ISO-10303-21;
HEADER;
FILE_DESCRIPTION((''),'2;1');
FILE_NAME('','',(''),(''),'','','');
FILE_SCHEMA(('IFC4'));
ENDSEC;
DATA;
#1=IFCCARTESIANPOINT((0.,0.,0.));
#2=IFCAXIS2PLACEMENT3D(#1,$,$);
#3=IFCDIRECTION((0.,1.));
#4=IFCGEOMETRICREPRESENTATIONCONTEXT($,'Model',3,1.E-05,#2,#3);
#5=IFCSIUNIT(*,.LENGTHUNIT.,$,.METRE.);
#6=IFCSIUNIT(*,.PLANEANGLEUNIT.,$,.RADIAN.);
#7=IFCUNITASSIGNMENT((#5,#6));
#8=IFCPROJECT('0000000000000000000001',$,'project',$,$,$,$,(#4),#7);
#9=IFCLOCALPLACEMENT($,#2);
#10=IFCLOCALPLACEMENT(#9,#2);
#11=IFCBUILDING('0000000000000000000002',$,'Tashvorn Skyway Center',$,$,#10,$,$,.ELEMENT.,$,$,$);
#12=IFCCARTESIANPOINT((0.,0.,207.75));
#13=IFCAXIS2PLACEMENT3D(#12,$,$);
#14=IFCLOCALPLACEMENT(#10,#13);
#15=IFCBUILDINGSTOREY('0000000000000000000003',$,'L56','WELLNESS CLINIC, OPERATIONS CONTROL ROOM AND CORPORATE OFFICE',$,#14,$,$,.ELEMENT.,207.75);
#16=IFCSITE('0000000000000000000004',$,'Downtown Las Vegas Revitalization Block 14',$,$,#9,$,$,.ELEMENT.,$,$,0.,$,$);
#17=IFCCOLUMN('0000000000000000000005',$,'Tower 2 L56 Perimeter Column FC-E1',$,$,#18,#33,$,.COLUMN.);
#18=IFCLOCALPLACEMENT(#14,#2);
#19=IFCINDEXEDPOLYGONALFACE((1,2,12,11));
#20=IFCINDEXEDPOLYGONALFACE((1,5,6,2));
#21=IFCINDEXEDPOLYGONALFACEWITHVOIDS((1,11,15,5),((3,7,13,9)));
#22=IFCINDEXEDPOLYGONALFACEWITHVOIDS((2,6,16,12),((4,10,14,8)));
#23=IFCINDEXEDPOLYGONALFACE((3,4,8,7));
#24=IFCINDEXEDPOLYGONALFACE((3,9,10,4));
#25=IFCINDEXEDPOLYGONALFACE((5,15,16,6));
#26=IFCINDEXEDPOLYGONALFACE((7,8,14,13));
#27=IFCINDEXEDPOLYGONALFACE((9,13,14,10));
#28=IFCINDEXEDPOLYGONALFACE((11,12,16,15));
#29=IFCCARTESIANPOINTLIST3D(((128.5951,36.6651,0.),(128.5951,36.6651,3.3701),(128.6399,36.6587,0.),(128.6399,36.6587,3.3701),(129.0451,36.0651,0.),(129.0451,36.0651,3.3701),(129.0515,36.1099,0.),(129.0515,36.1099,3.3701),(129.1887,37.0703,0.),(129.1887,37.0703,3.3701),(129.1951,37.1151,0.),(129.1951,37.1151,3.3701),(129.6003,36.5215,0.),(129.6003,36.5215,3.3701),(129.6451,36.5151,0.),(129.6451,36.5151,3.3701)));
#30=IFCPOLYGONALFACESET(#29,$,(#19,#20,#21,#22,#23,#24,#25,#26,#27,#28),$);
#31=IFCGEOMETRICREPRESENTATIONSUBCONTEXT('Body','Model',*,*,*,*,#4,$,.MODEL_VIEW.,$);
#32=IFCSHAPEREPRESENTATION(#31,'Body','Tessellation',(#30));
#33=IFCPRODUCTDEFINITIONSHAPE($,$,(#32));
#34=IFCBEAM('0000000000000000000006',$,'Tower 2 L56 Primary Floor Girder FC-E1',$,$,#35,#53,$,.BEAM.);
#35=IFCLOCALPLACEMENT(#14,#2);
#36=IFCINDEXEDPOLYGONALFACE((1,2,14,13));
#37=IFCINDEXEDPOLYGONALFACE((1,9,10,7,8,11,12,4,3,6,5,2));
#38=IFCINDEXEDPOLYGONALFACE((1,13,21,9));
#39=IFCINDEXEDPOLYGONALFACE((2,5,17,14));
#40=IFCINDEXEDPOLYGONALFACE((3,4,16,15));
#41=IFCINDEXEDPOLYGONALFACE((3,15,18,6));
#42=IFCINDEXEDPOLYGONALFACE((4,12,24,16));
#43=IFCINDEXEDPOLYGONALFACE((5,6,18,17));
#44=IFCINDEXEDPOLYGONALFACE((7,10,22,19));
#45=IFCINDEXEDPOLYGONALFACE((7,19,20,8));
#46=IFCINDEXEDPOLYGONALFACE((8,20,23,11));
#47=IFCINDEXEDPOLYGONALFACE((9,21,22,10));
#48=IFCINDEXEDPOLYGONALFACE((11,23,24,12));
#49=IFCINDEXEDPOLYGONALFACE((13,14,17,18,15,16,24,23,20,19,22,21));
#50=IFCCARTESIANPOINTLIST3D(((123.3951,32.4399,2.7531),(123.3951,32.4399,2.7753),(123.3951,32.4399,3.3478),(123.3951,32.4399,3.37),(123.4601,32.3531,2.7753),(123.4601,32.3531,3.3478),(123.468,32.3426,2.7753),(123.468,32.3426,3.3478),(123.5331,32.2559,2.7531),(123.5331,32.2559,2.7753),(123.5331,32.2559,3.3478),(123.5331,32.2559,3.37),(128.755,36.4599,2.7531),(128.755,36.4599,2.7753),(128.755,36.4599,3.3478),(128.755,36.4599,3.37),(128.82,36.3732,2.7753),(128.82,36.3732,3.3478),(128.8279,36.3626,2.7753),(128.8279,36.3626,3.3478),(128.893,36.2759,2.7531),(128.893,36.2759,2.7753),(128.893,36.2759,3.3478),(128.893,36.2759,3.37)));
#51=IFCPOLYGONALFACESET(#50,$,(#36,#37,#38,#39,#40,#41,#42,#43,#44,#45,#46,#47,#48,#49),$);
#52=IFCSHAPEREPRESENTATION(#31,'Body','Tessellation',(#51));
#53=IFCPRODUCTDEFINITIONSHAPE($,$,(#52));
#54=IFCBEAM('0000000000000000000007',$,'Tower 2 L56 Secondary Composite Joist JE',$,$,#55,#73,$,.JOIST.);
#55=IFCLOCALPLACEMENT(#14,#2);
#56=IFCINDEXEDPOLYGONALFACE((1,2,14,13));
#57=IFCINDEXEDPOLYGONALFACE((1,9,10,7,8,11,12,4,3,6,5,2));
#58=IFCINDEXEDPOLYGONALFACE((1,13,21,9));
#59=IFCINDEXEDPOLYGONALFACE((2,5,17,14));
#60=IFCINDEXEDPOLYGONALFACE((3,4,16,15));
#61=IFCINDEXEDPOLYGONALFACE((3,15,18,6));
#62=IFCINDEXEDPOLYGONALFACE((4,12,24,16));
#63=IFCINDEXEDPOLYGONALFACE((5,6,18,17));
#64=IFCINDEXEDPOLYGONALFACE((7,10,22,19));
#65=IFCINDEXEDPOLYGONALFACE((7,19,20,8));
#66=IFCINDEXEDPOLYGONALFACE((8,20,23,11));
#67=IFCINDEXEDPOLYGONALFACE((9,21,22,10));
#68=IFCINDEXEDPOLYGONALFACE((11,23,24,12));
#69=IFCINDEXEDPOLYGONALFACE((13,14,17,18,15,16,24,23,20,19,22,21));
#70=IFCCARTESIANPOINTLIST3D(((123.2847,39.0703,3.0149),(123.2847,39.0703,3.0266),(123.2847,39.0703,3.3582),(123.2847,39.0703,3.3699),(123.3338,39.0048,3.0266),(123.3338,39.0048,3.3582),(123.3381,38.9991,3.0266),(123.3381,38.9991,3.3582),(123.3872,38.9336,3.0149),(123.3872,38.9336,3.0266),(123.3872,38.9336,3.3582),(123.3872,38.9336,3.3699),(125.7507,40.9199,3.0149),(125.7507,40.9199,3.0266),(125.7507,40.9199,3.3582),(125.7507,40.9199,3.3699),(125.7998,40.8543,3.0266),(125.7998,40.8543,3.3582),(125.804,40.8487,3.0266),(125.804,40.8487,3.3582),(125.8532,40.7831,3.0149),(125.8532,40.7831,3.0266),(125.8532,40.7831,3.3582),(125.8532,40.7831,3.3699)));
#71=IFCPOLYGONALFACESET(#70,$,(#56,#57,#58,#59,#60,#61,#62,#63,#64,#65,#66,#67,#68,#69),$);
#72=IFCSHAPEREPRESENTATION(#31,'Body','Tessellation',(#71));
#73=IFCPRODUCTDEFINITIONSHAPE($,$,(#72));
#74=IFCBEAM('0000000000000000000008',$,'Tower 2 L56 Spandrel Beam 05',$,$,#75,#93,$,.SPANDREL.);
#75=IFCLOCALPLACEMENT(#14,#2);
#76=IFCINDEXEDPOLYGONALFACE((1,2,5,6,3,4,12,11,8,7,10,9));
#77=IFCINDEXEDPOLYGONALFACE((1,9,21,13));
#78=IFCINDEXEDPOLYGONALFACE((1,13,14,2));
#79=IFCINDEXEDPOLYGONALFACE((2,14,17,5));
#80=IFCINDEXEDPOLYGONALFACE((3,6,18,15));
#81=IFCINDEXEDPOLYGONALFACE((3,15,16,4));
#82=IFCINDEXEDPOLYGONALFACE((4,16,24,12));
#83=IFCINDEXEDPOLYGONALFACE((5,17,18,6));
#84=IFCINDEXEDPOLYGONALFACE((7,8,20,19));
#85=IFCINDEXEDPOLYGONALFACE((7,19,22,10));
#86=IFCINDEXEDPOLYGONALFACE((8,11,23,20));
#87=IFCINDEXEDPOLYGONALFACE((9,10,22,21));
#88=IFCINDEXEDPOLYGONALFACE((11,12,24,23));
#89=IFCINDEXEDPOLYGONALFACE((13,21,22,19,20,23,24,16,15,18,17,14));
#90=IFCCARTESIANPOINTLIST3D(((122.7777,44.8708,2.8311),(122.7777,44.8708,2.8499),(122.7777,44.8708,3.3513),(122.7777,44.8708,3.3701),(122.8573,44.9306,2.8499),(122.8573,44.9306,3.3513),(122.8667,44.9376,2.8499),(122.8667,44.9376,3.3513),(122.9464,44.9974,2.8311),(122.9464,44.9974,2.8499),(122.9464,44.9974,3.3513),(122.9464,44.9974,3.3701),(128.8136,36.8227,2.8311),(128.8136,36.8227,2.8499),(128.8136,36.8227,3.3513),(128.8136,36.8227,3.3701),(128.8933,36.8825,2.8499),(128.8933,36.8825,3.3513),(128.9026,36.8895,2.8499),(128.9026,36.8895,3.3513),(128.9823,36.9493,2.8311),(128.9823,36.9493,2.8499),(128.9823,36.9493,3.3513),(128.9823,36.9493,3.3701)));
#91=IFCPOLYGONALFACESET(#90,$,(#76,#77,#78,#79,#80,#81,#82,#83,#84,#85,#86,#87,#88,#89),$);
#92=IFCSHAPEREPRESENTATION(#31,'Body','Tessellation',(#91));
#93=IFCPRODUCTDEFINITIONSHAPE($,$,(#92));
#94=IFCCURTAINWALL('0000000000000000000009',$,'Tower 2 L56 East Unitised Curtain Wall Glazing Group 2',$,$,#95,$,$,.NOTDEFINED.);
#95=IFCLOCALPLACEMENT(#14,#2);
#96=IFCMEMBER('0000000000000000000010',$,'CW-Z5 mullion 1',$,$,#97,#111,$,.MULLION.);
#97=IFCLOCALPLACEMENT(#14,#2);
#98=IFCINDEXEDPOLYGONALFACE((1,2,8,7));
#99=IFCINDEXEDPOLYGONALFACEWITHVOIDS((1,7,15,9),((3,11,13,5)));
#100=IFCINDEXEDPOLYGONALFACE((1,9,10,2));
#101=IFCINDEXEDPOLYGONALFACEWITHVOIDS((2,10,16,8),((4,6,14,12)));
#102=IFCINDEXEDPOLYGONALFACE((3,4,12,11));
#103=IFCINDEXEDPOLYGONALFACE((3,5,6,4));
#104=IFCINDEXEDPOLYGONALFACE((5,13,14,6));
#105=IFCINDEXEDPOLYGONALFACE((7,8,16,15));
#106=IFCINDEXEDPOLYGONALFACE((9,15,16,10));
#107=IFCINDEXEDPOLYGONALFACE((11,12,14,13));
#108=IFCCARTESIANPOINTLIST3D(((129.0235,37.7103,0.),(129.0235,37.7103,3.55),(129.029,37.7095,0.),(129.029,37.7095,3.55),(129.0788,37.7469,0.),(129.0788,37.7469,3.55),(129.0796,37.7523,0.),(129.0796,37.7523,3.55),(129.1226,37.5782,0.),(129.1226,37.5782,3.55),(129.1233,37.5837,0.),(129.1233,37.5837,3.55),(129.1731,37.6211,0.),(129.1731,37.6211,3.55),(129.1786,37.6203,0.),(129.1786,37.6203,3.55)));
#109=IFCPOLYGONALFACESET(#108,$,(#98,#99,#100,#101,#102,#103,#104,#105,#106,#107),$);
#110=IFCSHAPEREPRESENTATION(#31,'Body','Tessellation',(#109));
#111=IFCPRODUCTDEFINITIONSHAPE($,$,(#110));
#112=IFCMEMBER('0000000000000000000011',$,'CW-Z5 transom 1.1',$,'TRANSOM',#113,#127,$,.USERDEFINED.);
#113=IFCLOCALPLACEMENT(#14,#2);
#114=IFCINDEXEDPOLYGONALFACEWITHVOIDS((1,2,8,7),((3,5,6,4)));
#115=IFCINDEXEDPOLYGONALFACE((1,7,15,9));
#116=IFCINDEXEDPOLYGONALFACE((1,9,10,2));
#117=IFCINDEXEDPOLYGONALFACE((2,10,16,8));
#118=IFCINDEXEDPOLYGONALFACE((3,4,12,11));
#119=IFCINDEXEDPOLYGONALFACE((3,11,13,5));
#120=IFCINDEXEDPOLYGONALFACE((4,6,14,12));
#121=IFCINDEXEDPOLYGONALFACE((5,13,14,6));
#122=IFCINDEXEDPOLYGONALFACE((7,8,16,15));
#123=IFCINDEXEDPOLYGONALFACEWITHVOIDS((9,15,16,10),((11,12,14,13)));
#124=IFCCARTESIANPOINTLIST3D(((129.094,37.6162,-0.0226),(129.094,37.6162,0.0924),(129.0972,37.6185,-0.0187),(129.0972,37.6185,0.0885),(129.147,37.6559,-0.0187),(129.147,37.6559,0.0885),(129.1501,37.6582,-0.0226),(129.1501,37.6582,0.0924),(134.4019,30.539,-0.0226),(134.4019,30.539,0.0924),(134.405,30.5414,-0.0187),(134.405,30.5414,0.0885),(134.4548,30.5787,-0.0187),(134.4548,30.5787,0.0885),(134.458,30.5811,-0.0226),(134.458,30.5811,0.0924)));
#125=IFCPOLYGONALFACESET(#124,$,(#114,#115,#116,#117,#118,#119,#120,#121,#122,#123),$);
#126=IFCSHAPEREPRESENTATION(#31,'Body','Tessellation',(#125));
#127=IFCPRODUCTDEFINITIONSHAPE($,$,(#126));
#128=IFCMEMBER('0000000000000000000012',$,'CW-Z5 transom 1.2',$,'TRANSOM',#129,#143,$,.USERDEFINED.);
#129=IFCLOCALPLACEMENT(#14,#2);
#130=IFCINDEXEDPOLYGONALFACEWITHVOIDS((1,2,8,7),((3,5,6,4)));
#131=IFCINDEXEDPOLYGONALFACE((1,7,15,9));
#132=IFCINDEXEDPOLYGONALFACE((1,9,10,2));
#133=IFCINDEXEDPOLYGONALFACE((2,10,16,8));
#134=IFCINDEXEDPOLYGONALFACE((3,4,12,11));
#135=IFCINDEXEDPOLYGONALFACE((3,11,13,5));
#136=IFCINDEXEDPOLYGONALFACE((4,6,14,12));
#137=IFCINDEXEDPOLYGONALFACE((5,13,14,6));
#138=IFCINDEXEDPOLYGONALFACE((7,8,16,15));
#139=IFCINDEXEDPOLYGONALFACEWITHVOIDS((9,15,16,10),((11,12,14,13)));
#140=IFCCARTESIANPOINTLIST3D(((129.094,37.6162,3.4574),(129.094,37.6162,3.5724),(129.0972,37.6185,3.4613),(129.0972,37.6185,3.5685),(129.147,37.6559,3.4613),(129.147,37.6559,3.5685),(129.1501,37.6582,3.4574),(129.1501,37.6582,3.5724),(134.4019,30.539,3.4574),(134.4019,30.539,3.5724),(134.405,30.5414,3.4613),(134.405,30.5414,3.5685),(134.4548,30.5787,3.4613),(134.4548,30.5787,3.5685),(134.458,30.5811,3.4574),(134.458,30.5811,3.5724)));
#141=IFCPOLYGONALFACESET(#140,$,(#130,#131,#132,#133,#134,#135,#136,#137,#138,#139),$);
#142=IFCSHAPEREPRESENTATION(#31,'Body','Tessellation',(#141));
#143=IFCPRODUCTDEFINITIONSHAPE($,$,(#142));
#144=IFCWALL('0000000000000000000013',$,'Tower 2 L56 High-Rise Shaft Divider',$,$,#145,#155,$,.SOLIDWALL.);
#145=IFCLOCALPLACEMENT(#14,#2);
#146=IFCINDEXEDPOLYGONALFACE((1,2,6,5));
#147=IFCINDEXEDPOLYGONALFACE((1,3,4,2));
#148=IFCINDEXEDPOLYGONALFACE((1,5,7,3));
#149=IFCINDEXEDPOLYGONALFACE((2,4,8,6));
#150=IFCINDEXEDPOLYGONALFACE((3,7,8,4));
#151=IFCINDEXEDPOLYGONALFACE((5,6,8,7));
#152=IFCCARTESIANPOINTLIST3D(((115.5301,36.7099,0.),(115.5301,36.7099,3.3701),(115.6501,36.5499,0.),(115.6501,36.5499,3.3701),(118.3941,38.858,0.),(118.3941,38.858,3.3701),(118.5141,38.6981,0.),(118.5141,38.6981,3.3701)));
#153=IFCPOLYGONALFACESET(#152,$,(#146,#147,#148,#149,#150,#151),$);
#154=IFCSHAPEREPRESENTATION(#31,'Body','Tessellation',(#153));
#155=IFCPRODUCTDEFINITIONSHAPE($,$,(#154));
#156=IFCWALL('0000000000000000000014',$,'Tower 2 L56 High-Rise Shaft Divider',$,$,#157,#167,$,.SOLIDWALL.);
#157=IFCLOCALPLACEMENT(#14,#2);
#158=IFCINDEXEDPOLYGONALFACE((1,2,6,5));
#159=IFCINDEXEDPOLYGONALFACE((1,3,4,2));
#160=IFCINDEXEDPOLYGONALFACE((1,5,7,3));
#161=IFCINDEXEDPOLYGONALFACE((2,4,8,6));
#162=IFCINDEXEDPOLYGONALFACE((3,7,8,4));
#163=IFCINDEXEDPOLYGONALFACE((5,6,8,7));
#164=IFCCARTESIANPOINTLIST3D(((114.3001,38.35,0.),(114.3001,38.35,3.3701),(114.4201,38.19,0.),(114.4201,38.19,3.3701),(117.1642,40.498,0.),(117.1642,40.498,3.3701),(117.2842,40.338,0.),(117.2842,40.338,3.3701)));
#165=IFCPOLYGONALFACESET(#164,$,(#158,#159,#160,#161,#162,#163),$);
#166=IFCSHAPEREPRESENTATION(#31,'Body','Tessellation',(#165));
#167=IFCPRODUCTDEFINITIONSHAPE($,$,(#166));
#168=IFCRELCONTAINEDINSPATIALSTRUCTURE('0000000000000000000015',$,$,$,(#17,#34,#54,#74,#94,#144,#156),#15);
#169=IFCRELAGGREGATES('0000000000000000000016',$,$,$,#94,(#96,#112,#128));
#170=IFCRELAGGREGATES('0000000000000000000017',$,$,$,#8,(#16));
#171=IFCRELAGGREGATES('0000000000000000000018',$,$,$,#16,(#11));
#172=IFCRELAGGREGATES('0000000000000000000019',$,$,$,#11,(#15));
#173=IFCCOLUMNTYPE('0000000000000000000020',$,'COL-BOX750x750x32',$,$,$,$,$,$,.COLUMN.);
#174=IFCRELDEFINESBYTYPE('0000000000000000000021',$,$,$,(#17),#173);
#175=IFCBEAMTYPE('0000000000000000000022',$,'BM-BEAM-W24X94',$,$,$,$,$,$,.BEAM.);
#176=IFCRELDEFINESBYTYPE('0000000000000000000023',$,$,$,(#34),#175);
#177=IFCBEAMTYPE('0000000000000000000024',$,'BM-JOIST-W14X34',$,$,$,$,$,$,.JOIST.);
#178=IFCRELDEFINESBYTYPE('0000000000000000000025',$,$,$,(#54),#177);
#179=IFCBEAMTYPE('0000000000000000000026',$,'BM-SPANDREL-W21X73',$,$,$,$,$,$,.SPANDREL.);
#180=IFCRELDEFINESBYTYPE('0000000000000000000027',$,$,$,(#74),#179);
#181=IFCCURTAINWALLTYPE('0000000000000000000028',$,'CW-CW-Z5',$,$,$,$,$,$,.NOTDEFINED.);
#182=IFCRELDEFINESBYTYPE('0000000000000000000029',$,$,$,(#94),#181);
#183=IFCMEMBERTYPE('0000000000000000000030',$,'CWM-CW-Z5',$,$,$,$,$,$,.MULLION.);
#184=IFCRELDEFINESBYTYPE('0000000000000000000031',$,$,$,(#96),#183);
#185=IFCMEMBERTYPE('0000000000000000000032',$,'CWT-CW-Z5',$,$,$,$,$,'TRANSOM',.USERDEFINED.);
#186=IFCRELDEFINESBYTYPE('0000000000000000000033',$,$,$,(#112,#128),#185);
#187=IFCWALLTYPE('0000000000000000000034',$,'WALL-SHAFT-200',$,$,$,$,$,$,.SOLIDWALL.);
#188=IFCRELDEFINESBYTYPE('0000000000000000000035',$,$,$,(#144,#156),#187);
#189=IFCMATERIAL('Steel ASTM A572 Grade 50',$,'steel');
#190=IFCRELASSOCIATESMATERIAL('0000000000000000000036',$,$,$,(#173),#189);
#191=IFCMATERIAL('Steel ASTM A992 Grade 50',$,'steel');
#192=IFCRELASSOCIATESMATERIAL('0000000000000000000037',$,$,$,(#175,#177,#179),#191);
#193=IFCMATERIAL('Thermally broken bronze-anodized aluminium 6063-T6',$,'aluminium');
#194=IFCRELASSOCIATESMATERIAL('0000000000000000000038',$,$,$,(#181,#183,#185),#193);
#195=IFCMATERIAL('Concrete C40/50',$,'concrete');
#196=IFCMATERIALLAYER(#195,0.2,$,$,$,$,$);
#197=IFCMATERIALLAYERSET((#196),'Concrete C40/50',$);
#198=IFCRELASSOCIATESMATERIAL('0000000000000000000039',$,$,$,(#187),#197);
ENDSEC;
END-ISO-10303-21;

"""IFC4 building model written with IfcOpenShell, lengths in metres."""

from ifc_helpers import new_model, si_unit, direction, frame, frame_2d, origin, origin_2d, place, context, subcontext, project, spatial, rectangle, hollow_rectangle, i_section, extrude, material, layer, layer_set, material_profile, profile_set, type_object, element, aggregate, save


model = new_model("IFC4")

# Units and contexts
model_context = context("Model", 3, precision=1e-05, world=origin(), true_north=direction((0.0, 1.0)))
body_context = subcontext(model_context, "Body", "Model", "MODEL_VIEW")
ifc_project = project(units=[si_unit("LENGTHUNIT", "METRE"), si_unit("PLANEANGLEUNIT", "RADIAN")], contexts=[model_context])

# Site, building, storey
site_placement = place(None, origin())
site = spatial("IfcSite", under=ifc_project, at=site_placement, Name="Downtown Las Vegas Revitalization Block 14", CompositionType="ELEMENT", RefElevation=0.0)
building_placement = place(site_placement, origin())
building = spatial("IfcBuilding", under=site, at=building_placement, Name="Tashvorn Skyway Center", CompositionType="ELEMENT")
storey_placement = place(building_placement, frame((0.0, 0.0, 207.75)))
storey = spatial("IfcBuildingStorey", under=building, at=storey_placement, Name="L56", Description="WELLNESS CLINIC, OPERATIONS CONTROL ROOM AND CORPORATE OFFICE", CompositionType="ELEMENT", Elevation=207.75)

# Column
ifc_material_1 = material(Name="Steel ASTM A572 Grade 50", Category="steel")
ifc_material_profile_1 = material_profile(ifc_material_1, hollow_rectangle(XDim=0.75, YDim=0.75, WallThickness=0.032, at=origin_2d()), Name="BOX750x750x32")
ifc_profile_set_1 = profile_set([ifc_material_profile_1], Name="Steel ASTM A572 Grade 50")
column_type = type_object("IfcColumnType", Name="COL-BOX750x750x32", PredefinedType="COLUMN", material=ifc_profile_set_1)
column_placement = place(storey_placement, frame((129.1201, 36.5901, 0.0), z_axis=(0.0, 0.0, 1.0), x_axis=(0.8, 0.6, 0.0)))
element("IfcColumn", 1, at=column_placement, inside=storey, type_object=column_type, Name="Tower 2 L56 Perimeter Column FC-E1", PredefinedType="COLUMN", context=body_context, shape_type="SweptSolid", body=[
    extrude(hollow_rectangle(XDim=0.75, YDim=0.75, WallThickness=0.032, at=origin_2d()), origin(), (0.0, 0.0, 1.0), 3.3701),
])

# Beams
ifc_material_2 = material(Name="Steel ASTM A992 Grade 50", Category="steel")
ifc_material_profile_2 = material_profile(ifc_material_2, i_section(OverallWidth=0.23, OverallDepth=0.6169, WebThickness=0.0132, FlangeThickness=0.0222, at=origin_2d()), Name="W24X94")
ifc_profile_set_2 = profile_set([ifc_material_profile_2], Name="Steel ASTM A992 Grade 50")
beam_type_1 = type_object("IfcBeamType", Name="BM-BEAM-W24X94", PredefinedType="BEAM", material=ifc_profile_set_2)
beam_1_placement = place(storey_placement, frame((128.824, 36.3679, 3.0615), z_axis=(-0.799991, -0.600012, 0.0), x_axis=(0.600012, -0.799991, 0.0)))
element("IfcBeam", 2, at=beam_1_placement, inside=storey, type_object=beam_type_1, Name="Tower 2 L56 Primary Floor Girder FC-E1", PredefinedType="BEAM", context=body_context, shape_type="SweptSolid", body=[
    extrude(i_section(OverallWidth=0.23, OverallDepth=0.6169, WebThickness=0.0132, FlangeThickness=0.0222, at=origin_2d()), origin(), (0.0, 0.0, 1.0), 6.7),
])
ifc_material_profile_3 = material_profile(ifc_material_2, i_section(OverallWidth=0.1709, OverallDepth=0.355, WebThickness=0.0071, FlangeThickness=0.0117, at=origin_2d()), Name="W14X34")
ifc_profile_set_3 = profile_set([ifc_material_profile_3], Name="Steel ASTM A992 Grade 50")
beam_type_2 = type_object("IfcBeamType", Name="BM-JOIST-W14X34", PredefinedType="JOIST", material=ifc_profile_set_3)
beam_2_placement = place(storey_placement, frame((123.3359, 39.002, 3.1924), z_axis=(0.79999, 0.600013, 0.0), x_axis=(-0.600013, 0.79999, 0.0)))
element("IfcBeam", 3, at=beam_2_placement, inside=storey, type_object=beam_type_2, Name="Tower 2 L56 Secondary Composite Joist JE", PredefinedType="JOIST", context=body_context, shape_type="SweptSolid", body=[
    extrude(i_section(OverallWidth=0.1709, OverallDepth=0.355, WebThickness=0.0071, FlangeThickness=0.0117, at=origin_2d()), origin(), (0.0, 0.0, 1.0), 3.0825),
])
ifc_material_profile_4 = material_profile(ifc_material_2, i_section(OverallWidth=0.2109, OverallDepth=0.5391, WebThickness=0.0117, FlangeThickness=0.0188, at=origin_2d()), Name="W21X73")
ifc_profile_set_4 = profile_set([ifc_material_profile_4], Name="Steel ASTM A992 Grade 50")
beam_type_3 = type_object("IfcBeamType", Name="BM-SPANDREL-W21X73", PredefinedType="SPANDREL", material=ifc_profile_set_4)
beam_3_placement = place(storey_placement, frame((128.8979, 36.886, 3.1006), z_axis=(-0.599988, 0.800009, 0.0), x_axis=(-0.800009, -0.599988, 0.0)))
element("IfcBeam", 4, at=beam_3_placement, inside=storey, type_object=beam_type_3, Name="Tower 2 L56 Spandrel Beam 05", PredefinedType="SPANDREL", context=body_context, shape_type="SweptSolid", body=[
    extrude(i_section(OverallWidth=0.2109, OverallDepth=0.5391, WebThickness=0.0117, FlangeThickness=0.0188, at=origin_2d()), origin(), (0.0, 0.0, 1.0), 10.0601),
])

# Curtain wall, members
ifc_material_3 = material(Name="Thermally broken bronze-anodized aluminium 6063-T6", Category="aluminium")
curtain_wall_type = type_object("IfcCurtainWallType", Name="CW-CW-Z5", PredefinedType="NOTDEFINED", material=ifc_material_3)
curtain_wall_placement = place(storey_placement, origin())
curtain_wall = element("IfcCurtainWall", 5, at=curtain_wall_placement, inside=storey, type_object=curtain_wall_type, Name="Tower 2 L56 East Unitised Curtain Wall Glazing Group 2", PredefinedType="NOTDEFINED")
ifc_material_profile_5 = material_profile(ifc_material_3, hollow_rectangle(XDim=0.0701, YDim=0.165, WallThickness=0.0039, at=origin_2d()), Name="ALU-MULL-70x165")
ifc_profile_set_5 = profile_set([ifc_material_profile_5], Name="Thermally broken bronze-anodized aluminium 6063-T6")
member_type_1 = type_object("IfcMemberType", Name="CWM-CW-Z5", PredefinedType="MULLION", material=ifc_profile_set_5)
member_1_placement = place(storey_placement, frame((129.1011, 37.6653, 0.0), z_axis=(0.0, 0.0, 1.0), x_axis=(0.799999, 0.600002, 0.0)))
member_1 = element("IfcMember", 6, at=member_1_placement, type_object=member_type_1, Name="CW-Z5 mullion 1", PredefinedType="MULLION", context=body_context, shape_type="SweptSolid", body=[
    extrude(hollow_rectangle(XDim=0.0701, YDim=0.165, WallThickness=0.0039, at=origin_2d()), origin(), (0.0, 0.0, 1.0), 3.55),
])
ifc_material_profile_6 = material_profile(ifc_material_3, hollow_rectangle(XDim=0.0701, YDim=0.115, WallThickness=0.0039, at=origin_2d()), Name="ALU-TRAN-70x115")
ifc_profile_set_6 = profile_set([ifc_material_profile_6], Name="Thermally broken bronze-anodized aluminium 6063-T6")
member_type_2 = type_object("IfcMemberType", Name="CWT-CW-Z5", ElementType="TRANSOM", PredefinedType="USERDEFINED", material=ifc_profile_set_6)
member_2_placement = place(storey_placement, frame((129.1221, 37.6372, 0.0349), z_axis=(0.6, -0.8, 0.0), x_axis=(0.8, 0.6, 0.0)))
member_2 = element("IfcMember", 7, at=member_2_placement, type_object=member_type_2, Name="CW-Z5 transom 1.1", ObjectType="TRANSOM", PredefinedType="USERDEFINED", context=body_context, shape_type="SweptSolid", body=[
    extrude(hollow_rectangle(XDim=0.0701, YDim=0.115, WallThickness=0.0039, at=origin_2d()), origin(), (0.0, 0.0, 1.0), 8.8464),
])
member_3_placement = place(storey_placement, frame((129.1221, 37.6372, 3.5149), z_axis=(0.6, -0.8, 0.0), x_axis=(0.8, 0.6, 0.0)))
member_3 = element("IfcMember", 8, at=member_3_placement, type_object=member_type_2, Name="CW-Z5 transom 1.2", ObjectType="TRANSOM", PredefinedType="USERDEFINED", context=body_context, shape_type="SweptSolid", body=[
    extrude(hollow_rectangle(XDim=0.0701, YDim=0.115, WallThickness=0.0039, at=origin_2d()), origin(), (0.0, 0.0, 1.0), 8.8464),
])
aggregate(curtain_wall, [member_1, member_2, member_3])

# Walls
ifc_material_4 = material(Name="Concrete C40/50", Category="concrete")
ifc_layer_1 = layer(ifc_material_4, 0.2)
ifc_layer_set_1 = layer_set([ifc_layer_1], Name="Concrete C40/50")
wall_type_1 = type_object("IfcWallType", Name="WALL-SHAFT-200", PredefinedType="SOLIDWALL", material=ifc_layer_set_1)
for number, where, z_axis, x_axis, name in (
    (9, (115.5901, 36.6299, 0.0), (0.0, 0.0, 1.0), (0.799975, 0.600033, 0.0), "Tower 2 L56 High-Rise Shaft Divider"),
    (10, (114.3601, 38.27, 0.0), (0.0, 0.0, 1.0), (0.800008, 0.599989, 0.0), "Tower 2 L56 High-Rise Shaft Divider"),
):
    element("IfcWall", number, at=place(storey_placement, frame(where, z_axis=z_axis, x_axis=x_axis)), inside=storey, type_object=wall_type_1, Name=name, PredefinedType="SOLIDWALL", context=body_context, shape_type="SweptSolid", body=[
        extrude(rectangle(XDim=3.5801, YDim=0.2, at=frame_2d((1.79, 0.0))), origin(), (0.0, 0.0, 1.0), 3.3701),
    ])

save(model, "model.ifc")
